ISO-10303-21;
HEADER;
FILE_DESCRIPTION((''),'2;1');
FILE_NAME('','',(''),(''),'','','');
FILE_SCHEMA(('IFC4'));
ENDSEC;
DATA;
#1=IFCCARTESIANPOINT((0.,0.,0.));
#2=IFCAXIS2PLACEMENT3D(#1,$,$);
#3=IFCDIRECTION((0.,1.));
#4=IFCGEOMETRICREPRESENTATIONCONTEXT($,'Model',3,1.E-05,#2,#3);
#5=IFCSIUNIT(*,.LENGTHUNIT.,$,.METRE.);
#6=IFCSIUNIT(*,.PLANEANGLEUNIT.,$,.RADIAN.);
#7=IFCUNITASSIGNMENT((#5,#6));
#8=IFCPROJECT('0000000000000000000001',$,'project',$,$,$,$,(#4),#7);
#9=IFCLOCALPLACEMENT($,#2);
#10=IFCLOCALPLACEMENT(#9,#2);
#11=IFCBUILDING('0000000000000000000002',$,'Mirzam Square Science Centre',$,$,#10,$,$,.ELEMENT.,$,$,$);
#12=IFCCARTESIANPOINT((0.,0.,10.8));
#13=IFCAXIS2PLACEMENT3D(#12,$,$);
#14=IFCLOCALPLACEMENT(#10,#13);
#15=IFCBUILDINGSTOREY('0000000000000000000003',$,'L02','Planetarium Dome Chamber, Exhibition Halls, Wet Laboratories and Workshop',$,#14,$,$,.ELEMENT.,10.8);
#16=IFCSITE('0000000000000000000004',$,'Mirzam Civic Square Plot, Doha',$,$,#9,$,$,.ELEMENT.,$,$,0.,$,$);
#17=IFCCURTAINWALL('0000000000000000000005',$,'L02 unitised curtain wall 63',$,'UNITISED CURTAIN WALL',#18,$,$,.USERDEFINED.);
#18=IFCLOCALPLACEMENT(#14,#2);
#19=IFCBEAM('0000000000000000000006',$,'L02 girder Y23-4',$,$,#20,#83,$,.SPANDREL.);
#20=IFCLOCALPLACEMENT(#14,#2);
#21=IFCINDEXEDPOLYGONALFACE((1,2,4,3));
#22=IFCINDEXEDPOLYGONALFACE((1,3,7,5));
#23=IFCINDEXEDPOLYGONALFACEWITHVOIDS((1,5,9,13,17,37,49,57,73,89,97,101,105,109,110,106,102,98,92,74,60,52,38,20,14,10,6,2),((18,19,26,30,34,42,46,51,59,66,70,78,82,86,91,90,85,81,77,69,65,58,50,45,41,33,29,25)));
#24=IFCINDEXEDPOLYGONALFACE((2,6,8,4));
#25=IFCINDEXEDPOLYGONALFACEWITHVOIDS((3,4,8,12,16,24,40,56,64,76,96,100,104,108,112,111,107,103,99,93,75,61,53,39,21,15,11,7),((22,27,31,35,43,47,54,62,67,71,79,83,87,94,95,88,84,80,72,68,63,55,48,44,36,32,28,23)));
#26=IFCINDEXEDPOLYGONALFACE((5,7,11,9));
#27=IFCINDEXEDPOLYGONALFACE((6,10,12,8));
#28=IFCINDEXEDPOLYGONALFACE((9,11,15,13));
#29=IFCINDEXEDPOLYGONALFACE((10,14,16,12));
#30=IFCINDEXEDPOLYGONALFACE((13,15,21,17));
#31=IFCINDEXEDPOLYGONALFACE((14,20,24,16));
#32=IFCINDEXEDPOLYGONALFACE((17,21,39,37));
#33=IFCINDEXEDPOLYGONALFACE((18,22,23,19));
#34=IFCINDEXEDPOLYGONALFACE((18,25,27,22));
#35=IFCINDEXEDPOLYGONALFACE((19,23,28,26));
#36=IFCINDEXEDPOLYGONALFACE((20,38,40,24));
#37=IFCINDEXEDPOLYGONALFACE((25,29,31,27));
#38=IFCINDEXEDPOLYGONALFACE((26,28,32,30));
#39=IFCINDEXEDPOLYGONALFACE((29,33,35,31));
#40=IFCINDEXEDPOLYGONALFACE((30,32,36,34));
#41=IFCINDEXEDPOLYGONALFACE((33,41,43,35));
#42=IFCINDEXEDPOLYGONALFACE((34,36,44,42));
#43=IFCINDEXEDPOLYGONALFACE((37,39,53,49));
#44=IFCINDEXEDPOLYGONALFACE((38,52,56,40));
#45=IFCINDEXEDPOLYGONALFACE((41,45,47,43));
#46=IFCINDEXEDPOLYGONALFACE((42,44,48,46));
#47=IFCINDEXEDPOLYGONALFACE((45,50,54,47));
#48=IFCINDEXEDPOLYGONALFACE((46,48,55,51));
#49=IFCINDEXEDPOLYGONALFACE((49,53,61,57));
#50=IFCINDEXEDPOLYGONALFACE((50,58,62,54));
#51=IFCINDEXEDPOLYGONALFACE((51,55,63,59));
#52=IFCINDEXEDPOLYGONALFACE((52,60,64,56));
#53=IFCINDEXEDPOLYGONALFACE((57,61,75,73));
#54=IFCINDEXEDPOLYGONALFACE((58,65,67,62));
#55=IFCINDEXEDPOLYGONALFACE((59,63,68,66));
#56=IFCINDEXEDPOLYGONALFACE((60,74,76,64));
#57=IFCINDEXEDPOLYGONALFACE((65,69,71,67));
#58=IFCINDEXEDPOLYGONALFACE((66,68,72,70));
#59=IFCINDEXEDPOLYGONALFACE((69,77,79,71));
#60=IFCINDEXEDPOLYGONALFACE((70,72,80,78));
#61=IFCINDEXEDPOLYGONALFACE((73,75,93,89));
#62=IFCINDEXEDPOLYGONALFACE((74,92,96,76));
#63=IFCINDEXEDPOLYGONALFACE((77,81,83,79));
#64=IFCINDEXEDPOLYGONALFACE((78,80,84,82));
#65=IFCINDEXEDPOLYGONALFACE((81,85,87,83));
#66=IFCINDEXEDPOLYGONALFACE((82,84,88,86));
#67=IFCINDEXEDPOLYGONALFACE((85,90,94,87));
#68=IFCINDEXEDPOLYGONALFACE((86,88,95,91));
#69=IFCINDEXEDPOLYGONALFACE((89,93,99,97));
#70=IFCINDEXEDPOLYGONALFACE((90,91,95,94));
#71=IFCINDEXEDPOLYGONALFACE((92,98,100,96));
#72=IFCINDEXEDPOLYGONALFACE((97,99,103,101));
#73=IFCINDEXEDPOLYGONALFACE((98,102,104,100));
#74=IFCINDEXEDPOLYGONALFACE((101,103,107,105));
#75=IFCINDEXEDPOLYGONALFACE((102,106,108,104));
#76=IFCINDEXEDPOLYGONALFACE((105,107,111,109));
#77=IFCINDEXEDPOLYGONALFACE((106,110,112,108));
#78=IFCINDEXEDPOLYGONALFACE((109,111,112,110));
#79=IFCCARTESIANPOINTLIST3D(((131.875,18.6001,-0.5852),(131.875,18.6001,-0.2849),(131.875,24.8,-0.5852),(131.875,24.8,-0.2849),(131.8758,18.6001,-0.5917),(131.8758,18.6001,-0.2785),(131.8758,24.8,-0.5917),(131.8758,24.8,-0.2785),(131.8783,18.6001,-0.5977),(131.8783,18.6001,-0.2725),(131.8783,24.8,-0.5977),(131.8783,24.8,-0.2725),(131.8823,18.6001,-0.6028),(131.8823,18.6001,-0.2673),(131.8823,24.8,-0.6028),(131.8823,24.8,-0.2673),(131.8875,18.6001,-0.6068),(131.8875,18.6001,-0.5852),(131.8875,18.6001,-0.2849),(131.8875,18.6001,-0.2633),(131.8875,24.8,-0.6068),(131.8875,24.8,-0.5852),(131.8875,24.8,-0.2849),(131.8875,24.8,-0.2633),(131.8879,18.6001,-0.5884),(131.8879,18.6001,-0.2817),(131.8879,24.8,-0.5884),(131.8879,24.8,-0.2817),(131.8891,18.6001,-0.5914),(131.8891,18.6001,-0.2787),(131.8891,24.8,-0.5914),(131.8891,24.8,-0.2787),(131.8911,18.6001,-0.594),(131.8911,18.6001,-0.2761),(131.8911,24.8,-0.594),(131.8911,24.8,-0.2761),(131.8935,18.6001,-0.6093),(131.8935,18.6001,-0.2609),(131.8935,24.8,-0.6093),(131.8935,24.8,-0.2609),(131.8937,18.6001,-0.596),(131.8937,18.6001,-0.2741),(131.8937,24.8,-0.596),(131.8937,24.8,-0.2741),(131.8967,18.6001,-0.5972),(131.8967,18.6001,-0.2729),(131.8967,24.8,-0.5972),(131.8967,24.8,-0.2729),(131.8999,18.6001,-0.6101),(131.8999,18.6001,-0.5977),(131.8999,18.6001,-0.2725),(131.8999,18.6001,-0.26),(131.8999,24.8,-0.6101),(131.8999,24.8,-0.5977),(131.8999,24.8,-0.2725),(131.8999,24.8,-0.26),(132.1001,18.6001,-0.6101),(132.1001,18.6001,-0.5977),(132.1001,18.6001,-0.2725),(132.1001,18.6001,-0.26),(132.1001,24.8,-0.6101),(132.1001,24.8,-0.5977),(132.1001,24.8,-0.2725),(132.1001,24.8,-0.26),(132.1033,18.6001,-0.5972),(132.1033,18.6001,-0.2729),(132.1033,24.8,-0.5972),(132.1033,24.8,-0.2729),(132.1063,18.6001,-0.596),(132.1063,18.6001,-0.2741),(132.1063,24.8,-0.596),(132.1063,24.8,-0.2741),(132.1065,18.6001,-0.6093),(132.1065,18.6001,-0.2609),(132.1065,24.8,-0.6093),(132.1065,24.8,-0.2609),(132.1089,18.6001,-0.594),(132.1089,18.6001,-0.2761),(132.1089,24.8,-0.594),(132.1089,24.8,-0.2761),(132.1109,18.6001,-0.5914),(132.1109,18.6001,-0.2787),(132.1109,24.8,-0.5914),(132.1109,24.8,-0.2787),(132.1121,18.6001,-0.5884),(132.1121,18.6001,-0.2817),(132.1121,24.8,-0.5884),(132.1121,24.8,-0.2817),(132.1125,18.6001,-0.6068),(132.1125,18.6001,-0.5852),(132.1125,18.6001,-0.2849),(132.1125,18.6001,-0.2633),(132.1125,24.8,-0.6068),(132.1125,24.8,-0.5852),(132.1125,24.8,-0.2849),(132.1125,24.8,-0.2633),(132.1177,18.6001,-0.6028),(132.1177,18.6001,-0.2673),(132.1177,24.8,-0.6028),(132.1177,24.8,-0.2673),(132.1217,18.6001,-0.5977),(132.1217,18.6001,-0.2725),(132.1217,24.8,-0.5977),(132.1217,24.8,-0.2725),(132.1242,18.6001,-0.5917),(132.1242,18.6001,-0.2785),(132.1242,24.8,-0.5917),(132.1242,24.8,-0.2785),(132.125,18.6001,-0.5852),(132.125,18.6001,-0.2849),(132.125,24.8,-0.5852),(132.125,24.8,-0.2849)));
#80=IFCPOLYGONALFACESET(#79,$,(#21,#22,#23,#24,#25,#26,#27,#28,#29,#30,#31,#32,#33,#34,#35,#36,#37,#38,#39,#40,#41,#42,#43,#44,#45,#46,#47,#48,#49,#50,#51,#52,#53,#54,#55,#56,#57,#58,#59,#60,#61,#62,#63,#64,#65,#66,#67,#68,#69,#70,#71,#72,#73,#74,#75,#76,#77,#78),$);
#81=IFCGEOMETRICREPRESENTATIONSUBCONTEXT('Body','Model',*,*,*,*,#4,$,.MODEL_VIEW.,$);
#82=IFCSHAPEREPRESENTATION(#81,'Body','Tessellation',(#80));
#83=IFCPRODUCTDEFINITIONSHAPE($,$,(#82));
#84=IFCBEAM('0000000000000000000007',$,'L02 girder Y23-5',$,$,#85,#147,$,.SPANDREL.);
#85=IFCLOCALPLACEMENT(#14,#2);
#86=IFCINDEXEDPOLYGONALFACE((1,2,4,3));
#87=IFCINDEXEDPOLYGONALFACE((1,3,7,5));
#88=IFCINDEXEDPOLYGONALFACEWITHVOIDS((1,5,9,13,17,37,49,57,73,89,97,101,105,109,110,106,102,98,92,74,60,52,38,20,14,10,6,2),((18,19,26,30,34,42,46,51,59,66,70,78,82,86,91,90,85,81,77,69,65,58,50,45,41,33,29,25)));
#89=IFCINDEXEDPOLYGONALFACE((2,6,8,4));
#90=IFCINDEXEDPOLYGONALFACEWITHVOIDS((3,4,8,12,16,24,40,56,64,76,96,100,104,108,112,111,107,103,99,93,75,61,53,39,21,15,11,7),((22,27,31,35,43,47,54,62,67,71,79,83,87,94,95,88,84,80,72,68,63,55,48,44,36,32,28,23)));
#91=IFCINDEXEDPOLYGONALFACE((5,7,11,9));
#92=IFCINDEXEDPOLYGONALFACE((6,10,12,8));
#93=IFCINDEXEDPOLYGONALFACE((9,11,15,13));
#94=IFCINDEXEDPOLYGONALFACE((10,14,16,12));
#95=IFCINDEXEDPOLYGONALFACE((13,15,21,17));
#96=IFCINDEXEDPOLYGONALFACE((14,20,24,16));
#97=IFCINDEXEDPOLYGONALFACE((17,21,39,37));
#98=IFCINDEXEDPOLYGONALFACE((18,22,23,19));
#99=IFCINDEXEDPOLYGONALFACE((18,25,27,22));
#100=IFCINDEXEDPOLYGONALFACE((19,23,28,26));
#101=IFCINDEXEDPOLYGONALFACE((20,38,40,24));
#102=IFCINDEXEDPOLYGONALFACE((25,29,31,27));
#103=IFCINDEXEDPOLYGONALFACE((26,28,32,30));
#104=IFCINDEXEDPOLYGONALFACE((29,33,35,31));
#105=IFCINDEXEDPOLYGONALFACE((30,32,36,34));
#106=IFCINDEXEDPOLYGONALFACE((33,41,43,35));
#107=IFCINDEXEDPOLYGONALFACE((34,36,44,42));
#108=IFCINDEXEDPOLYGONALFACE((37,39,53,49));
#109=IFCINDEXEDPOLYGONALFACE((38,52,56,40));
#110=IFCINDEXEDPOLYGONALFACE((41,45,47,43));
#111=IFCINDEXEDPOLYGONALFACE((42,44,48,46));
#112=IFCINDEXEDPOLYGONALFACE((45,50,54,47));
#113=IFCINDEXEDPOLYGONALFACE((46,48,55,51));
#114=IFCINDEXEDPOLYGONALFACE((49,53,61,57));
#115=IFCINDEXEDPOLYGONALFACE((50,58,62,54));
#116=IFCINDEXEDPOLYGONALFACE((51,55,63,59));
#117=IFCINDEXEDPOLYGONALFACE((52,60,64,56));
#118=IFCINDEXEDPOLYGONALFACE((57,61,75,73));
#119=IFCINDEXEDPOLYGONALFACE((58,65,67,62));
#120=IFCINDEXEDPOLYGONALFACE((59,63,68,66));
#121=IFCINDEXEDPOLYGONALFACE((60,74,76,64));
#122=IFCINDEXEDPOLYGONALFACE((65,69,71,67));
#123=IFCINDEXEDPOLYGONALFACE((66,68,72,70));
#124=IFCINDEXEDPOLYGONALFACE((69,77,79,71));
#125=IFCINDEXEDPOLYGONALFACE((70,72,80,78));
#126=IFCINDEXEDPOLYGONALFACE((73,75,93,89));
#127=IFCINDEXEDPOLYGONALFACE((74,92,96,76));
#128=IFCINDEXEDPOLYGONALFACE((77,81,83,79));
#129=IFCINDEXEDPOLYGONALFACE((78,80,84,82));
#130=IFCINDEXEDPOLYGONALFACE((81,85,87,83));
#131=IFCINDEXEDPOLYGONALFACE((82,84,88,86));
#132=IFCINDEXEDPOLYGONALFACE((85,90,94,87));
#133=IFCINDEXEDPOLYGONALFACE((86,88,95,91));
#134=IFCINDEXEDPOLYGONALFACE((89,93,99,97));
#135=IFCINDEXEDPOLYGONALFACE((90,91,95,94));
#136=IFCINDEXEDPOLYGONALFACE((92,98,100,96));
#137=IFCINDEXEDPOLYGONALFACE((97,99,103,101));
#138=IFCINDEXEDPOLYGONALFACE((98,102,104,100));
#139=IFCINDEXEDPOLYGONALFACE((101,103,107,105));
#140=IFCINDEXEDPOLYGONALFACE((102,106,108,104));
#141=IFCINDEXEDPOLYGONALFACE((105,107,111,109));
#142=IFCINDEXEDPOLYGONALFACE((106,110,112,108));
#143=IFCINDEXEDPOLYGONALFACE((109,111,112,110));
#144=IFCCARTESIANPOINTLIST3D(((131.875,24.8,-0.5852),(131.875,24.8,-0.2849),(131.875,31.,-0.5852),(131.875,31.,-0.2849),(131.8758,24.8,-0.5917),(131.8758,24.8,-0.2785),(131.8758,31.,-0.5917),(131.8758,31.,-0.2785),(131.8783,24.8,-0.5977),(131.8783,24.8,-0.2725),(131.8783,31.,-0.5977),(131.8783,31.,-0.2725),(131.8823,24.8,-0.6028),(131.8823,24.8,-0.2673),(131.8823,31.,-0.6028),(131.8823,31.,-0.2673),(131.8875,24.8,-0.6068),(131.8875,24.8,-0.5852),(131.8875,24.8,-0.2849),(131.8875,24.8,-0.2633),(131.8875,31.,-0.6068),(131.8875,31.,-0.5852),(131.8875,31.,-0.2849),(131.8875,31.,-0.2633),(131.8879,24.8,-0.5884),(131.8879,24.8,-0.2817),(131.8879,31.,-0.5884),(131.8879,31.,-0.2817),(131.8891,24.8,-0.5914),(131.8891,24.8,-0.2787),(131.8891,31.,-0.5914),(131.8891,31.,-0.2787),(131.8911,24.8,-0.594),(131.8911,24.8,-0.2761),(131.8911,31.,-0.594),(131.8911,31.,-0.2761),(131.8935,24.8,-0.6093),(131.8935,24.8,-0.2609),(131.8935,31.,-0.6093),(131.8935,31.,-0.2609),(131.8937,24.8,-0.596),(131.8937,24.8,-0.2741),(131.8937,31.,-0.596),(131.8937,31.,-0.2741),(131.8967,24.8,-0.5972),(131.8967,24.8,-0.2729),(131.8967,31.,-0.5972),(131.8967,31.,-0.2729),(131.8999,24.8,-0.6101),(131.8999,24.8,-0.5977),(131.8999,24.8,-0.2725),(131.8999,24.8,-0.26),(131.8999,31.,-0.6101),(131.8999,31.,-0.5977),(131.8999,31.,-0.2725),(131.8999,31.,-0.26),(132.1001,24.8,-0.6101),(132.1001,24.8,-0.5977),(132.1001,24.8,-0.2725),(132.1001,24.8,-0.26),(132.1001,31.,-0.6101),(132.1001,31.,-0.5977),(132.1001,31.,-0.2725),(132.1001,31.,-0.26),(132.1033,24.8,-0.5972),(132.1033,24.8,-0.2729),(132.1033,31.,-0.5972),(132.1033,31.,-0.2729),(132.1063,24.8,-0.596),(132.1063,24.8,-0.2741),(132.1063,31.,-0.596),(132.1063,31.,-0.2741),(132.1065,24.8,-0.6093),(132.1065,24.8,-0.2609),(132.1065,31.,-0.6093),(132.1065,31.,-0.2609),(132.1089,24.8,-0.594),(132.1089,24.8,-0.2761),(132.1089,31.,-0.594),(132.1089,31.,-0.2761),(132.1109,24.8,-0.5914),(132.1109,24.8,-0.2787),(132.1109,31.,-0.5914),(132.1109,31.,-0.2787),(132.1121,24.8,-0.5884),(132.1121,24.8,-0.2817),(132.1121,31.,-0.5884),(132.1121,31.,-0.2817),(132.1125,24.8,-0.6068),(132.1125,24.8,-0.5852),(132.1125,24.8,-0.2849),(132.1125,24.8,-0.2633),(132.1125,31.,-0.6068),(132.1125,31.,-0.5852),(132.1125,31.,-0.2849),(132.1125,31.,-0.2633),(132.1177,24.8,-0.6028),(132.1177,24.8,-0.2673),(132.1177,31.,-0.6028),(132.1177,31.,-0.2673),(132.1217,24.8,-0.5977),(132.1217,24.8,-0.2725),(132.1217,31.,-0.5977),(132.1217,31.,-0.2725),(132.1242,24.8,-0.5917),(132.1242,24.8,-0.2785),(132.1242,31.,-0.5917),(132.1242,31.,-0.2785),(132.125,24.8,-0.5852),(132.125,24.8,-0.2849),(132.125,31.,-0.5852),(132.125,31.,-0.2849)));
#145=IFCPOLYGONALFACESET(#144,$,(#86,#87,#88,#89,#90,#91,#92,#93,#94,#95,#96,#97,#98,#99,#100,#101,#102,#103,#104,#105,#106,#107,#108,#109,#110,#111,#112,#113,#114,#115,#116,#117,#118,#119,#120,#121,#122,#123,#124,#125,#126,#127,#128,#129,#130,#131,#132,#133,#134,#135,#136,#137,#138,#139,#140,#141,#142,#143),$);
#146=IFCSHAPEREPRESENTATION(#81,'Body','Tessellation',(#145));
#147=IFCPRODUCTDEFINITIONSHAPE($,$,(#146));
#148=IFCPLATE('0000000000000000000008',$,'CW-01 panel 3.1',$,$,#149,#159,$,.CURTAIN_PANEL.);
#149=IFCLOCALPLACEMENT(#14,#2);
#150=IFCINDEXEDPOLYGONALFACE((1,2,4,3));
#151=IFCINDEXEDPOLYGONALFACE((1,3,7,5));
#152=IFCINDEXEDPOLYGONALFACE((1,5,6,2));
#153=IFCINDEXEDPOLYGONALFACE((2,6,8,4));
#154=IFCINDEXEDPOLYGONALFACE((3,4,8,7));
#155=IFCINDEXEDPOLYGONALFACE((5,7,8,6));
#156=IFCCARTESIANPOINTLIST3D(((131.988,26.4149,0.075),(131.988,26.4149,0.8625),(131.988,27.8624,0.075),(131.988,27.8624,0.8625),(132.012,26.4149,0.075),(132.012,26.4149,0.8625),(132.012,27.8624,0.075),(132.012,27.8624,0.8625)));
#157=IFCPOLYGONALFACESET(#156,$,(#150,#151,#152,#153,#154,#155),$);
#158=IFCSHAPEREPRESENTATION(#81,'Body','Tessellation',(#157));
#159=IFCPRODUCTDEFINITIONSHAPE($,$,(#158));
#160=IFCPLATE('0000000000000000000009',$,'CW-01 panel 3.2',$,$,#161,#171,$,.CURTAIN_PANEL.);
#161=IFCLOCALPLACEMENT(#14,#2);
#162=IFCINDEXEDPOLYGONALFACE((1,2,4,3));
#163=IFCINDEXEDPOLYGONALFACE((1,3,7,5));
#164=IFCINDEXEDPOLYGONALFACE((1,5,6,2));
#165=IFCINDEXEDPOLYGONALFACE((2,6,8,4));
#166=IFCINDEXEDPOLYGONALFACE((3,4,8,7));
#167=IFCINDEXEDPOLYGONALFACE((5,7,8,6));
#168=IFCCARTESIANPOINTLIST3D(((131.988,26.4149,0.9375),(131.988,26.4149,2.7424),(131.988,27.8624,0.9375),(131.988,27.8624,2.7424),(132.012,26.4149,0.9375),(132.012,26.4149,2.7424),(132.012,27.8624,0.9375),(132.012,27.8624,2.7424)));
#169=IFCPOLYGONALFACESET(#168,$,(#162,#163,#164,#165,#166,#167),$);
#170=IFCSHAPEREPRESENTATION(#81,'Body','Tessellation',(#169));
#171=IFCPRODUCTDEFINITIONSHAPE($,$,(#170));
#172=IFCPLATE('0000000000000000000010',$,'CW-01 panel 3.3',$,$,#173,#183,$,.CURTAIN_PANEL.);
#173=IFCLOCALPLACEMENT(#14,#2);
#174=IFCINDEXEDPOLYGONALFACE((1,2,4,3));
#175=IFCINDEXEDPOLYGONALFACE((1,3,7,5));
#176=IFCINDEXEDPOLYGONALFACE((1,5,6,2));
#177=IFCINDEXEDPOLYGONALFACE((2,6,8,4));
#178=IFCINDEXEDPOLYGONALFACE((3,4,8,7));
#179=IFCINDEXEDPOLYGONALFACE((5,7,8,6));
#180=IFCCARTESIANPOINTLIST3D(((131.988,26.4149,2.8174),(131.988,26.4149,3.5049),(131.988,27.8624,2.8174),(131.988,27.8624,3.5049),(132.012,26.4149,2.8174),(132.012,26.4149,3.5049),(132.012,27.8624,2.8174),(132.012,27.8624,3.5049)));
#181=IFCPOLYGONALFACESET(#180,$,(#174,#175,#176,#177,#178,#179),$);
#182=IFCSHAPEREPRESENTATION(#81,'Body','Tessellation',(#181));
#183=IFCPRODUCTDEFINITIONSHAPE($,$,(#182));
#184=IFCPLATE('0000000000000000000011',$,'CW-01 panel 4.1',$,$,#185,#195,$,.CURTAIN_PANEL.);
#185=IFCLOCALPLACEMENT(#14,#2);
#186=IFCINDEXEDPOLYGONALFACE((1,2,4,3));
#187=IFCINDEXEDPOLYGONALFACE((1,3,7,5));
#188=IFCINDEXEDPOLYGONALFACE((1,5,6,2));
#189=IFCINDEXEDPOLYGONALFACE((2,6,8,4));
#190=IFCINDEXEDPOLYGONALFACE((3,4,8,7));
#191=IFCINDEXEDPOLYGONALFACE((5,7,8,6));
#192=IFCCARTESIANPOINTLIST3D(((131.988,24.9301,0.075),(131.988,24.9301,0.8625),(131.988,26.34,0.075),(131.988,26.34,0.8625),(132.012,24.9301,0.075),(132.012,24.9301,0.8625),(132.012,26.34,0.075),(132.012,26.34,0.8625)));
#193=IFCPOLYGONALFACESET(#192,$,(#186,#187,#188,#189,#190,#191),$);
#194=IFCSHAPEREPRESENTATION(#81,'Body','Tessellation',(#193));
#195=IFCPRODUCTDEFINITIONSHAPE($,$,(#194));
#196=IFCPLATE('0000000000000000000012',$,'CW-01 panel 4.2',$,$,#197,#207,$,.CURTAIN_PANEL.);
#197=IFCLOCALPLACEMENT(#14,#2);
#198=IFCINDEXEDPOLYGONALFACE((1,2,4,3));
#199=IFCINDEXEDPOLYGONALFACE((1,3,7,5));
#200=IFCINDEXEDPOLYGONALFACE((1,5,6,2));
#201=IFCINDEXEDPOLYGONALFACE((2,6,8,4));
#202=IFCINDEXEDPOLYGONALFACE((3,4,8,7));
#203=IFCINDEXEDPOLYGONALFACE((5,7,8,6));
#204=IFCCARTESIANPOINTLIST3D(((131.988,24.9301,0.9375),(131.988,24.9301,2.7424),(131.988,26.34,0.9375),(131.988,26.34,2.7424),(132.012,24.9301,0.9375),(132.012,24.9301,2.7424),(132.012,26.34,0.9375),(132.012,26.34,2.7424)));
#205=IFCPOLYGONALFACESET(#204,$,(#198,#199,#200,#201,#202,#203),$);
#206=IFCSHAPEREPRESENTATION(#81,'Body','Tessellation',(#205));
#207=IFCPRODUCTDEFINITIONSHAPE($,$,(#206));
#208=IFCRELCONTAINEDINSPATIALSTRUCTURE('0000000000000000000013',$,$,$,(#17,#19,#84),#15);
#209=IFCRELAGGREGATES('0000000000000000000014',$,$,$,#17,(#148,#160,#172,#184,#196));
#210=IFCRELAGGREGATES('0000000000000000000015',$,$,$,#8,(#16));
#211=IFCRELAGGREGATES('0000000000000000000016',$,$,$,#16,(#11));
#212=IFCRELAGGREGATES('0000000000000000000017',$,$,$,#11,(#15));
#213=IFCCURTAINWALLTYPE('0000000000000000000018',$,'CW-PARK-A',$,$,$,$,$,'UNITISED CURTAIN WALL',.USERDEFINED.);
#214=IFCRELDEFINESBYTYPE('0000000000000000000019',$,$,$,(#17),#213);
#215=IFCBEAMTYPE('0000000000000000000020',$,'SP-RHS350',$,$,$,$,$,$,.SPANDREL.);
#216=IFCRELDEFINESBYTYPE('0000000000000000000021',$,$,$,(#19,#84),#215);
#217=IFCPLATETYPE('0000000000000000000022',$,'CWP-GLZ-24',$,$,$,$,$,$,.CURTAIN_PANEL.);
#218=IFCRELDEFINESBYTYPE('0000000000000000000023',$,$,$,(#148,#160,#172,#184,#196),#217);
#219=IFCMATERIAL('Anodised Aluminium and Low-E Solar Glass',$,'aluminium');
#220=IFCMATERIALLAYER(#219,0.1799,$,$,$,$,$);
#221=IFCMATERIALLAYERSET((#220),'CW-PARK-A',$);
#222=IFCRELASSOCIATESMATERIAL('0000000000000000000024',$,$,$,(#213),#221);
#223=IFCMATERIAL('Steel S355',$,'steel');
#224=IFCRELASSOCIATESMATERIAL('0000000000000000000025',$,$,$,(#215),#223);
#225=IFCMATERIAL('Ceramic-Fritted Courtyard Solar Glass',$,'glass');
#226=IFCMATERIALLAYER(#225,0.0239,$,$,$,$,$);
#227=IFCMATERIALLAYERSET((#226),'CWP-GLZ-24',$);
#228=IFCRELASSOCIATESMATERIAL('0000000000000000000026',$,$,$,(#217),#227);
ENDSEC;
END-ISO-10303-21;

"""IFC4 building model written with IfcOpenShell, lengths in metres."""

from ifc_helpers import new_model, si_unit, direction, frame, origin, origin_2d, place, context, subcontext, project, spatial, rectangle, hollow_rectangle, extrude, material, layer, layer_set, material_profile, profile_set, type_object, element, aggregate, save


model = new_model("IFC4")

# Units and contexts
model_context = context("Model", 3, precision=1e-05, world=origin(), true_north=direction((0.0, 1.0)))
body_context = subcontext(model_context, "Body", "Model", "MODEL_VIEW")
ifc_project = project(units=[si_unit("LENGTHUNIT", "METRE"), si_unit("PLANEANGLEUNIT", "RADIAN")], contexts=[model_context])

# Site, building, storey
site_placement = place(None, origin())
site = spatial("IfcSite", under=ifc_project, at=site_placement, Name="Mirzam Civic Square Plot, Doha", CompositionType="ELEMENT", RefElevation=0.0)
building_placement = place(site_placement, origin())
building = spatial("IfcBuilding", under=site, at=building_placement, Name="Mirzam Square Science Centre", CompositionType="ELEMENT")
storey_placement = place(building_placement, frame((0.0, 0.0, 10.8)))
storey = spatial("IfcBuildingStorey", under=building, at=storey_placement, Name="L02", Description="Planetarium Dome Chamber, Exhibition Halls, Wet Laboratories and Workshop", CompositionType="ELEMENT", Elevation=10.8)

# Shared definitions
ifc_material_1 = material(Name="Steel S355", Category="steel")

# Curtain wall
ifc_material_2 = material(Name="Anodised Aluminium and Low-E Solar Glass", Category="aluminium")
ifc_layer_1 = layer(ifc_material_2, 0.1799)
ifc_layer_set_1 = layer_set([ifc_layer_1], Name="CW-PARK-A")
curtain_wall_type = type_object("IfcCurtainWallType", Name="CW-PARK-A", ElementType="UNITISED CURTAIN WALL", PredefinedType="USERDEFINED", material=ifc_layer_set_1)
curtain_wall_placement = place(storey_placement, origin())
curtain_wall = element("IfcCurtainWall", 1, at=curtain_wall_placement, inside=storey, type_object=curtain_wall_type, Name="L02 unitised curtain wall 63", ObjectType="UNITISED CURTAIN WALL", PredefinedType="USERDEFINED")

# Beams
ifc_material_profile_1 = material_profile(ifc_material_1, hollow_rectangle(XDim=0.25, YDim=0.3501, WallThickness=0.0125, InnerFilletRadius=0.0125, OuterFilletRadius=0.0249, at=origin_2d()), Name="350x250x12.5RHS")
ifc_profile_set_1 = profile_set([ifc_material_profile_1], Name="Steel S355")
beam_type_1 = type_object("IfcBeamType", Name="SP-RHS350", PredefinedType="SPANDREL", material=ifc_profile_set_1)
for number, where, z_axis, x_axis, name in (
    (2, (132.0, 18.6001, -0.4351), (0.0, 1.0, 0.0), (-1.0, 0.0, 0.0), "L02 girder Y23-4"),
    (3, (132.0, 24.8, -0.4351), (0.0, 1.0, 0.0), (-1.0, 0.0, 0.0), "L02 girder Y23-5"),
):
    element("IfcBeam", number, at=place(storey_placement, frame(where, z_axis=z_axis, x_axis=x_axis)), inside=storey, type_object=beam_type_1, Name=name, PredefinedType="SPANDREL", context=body_context, shape_type="SweptSolid", body=[
        extrude(hollow_rectangle(XDim=0.25, YDim=0.3501, WallThickness=0.0125, InnerFilletRadius=0.0125, OuterFilletRadius=0.0249, at=origin_2d()), origin(), (0.0, 0.0, 1.0), 6.2),
    ])

# Plates
ifc_material_3 = material(Name="Ceramic-Fritted Courtyard Solar Glass", Category="glass")
ifc_layer_2 = layer(ifc_material_3, 0.0239)
ifc_layer_set_2 = layer_set([ifc_layer_2], Name="CWP-GLZ-24")
plate_type = type_object("IfcPlateType", Name="CWP-GLZ-24", PredefinedType="CURTAIN_PANEL", material=ifc_layer_set_2)
plate_1_placement = place(storey_placement, frame((132.0, 27.1387, 0.075), z_axis=(0.0, 0.0, 1.0), x_axis=(0.0, -1.0, 0.0)))
plate_1 = element("IfcPlate", 4, at=plate_1_placement, type_object=plate_type, Name="CW-01 panel 3.1", PredefinedType="CURTAIN_PANEL", context=body_context, shape_type="SweptSolid", body=[
    extrude(rectangle(XDim=1.4475, YDim=0.0239, at=origin_2d()), origin(), (0.0, 0.0, 1.0), 0.7876),
])
plate_2_placement = place(storey_placement, frame((132.0, 27.1387, 0.9375), z_axis=(0.0, 0.0, 1.0), x_axis=(0.0, -1.0, 0.0)))
plate_2 = element("IfcPlate", 5, at=plate_2_placement, type_object=plate_type, Name="CW-01 panel 3.2", PredefinedType="CURTAIN_PANEL", context=body_context, shape_type="SweptSolid", body=[
    extrude(rectangle(XDim=1.4475, YDim=0.0239, at=origin_2d()), origin(), (0.0, 0.0, 1.0), 1.8049),
])
plate_3_placement = place(storey_placement, frame((132.0, 27.1387, 2.8174), z_axis=(0.0, 0.0, 1.0), x_axis=(0.0, -1.0, 0.0)))
plate_3 = element("IfcPlate", 6, at=plate_3_placement, type_object=plate_type, Name="CW-01 panel 3.3", PredefinedType="CURTAIN_PANEL", context=body_context, shape_type="SweptSolid", body=[
    extrude(rectangle(XDim=1.4475, YDim=0.0239, at=origin_2d()), origin(), (0.0, 0.0, 1.0), 0.6875),
])
plate_4_placement = place(storey_placement, frame((132.0, 25.635, 0.075), z_axis=(0.0, 0.0, 1.0), x_axis=(0.0, -1.0, 0.0)))
plate_4 = element("IfcPlate", 7, at=plate_4_placement, type_object=plate_type, Name="CW-01 panel 4.1", PredefinedType="CURTAIN_PANEL", context=body_context, shape_type="SweptSolid", body=[
    extrude(rectangle(XDim=1.4099, YDim=0.0239, at=origin_2d()), origin(), (0.0, 0.0, 1.0), 0.7876),
])
plate_5_placement = place(storey_placement, frame((132.0, 25.635, 0.9375), z_axis=(0.0, 0.0, 1.0), x_axis=(0.0, -1.0, 0.0)))
plate_5 = element("IfcPlate", 8, at=plate_5_placement, type_object=plate_type, Name="CW-01 panel 4.2", PredefinedType="CURTAIN_PANEL", context=body_context, shape_type="SweptSolid", body=[
    extrude(rectangle(XDim=1.4099, YDim=0.0239, at=origin_2d()), origin(), (0.0, 0.0, 1.0), 1.8049),
])
aggregate(curtain_wall, [plate_1, plate_2, plate_3, plate_4, plate_5])

save(model, "model.ifc")
